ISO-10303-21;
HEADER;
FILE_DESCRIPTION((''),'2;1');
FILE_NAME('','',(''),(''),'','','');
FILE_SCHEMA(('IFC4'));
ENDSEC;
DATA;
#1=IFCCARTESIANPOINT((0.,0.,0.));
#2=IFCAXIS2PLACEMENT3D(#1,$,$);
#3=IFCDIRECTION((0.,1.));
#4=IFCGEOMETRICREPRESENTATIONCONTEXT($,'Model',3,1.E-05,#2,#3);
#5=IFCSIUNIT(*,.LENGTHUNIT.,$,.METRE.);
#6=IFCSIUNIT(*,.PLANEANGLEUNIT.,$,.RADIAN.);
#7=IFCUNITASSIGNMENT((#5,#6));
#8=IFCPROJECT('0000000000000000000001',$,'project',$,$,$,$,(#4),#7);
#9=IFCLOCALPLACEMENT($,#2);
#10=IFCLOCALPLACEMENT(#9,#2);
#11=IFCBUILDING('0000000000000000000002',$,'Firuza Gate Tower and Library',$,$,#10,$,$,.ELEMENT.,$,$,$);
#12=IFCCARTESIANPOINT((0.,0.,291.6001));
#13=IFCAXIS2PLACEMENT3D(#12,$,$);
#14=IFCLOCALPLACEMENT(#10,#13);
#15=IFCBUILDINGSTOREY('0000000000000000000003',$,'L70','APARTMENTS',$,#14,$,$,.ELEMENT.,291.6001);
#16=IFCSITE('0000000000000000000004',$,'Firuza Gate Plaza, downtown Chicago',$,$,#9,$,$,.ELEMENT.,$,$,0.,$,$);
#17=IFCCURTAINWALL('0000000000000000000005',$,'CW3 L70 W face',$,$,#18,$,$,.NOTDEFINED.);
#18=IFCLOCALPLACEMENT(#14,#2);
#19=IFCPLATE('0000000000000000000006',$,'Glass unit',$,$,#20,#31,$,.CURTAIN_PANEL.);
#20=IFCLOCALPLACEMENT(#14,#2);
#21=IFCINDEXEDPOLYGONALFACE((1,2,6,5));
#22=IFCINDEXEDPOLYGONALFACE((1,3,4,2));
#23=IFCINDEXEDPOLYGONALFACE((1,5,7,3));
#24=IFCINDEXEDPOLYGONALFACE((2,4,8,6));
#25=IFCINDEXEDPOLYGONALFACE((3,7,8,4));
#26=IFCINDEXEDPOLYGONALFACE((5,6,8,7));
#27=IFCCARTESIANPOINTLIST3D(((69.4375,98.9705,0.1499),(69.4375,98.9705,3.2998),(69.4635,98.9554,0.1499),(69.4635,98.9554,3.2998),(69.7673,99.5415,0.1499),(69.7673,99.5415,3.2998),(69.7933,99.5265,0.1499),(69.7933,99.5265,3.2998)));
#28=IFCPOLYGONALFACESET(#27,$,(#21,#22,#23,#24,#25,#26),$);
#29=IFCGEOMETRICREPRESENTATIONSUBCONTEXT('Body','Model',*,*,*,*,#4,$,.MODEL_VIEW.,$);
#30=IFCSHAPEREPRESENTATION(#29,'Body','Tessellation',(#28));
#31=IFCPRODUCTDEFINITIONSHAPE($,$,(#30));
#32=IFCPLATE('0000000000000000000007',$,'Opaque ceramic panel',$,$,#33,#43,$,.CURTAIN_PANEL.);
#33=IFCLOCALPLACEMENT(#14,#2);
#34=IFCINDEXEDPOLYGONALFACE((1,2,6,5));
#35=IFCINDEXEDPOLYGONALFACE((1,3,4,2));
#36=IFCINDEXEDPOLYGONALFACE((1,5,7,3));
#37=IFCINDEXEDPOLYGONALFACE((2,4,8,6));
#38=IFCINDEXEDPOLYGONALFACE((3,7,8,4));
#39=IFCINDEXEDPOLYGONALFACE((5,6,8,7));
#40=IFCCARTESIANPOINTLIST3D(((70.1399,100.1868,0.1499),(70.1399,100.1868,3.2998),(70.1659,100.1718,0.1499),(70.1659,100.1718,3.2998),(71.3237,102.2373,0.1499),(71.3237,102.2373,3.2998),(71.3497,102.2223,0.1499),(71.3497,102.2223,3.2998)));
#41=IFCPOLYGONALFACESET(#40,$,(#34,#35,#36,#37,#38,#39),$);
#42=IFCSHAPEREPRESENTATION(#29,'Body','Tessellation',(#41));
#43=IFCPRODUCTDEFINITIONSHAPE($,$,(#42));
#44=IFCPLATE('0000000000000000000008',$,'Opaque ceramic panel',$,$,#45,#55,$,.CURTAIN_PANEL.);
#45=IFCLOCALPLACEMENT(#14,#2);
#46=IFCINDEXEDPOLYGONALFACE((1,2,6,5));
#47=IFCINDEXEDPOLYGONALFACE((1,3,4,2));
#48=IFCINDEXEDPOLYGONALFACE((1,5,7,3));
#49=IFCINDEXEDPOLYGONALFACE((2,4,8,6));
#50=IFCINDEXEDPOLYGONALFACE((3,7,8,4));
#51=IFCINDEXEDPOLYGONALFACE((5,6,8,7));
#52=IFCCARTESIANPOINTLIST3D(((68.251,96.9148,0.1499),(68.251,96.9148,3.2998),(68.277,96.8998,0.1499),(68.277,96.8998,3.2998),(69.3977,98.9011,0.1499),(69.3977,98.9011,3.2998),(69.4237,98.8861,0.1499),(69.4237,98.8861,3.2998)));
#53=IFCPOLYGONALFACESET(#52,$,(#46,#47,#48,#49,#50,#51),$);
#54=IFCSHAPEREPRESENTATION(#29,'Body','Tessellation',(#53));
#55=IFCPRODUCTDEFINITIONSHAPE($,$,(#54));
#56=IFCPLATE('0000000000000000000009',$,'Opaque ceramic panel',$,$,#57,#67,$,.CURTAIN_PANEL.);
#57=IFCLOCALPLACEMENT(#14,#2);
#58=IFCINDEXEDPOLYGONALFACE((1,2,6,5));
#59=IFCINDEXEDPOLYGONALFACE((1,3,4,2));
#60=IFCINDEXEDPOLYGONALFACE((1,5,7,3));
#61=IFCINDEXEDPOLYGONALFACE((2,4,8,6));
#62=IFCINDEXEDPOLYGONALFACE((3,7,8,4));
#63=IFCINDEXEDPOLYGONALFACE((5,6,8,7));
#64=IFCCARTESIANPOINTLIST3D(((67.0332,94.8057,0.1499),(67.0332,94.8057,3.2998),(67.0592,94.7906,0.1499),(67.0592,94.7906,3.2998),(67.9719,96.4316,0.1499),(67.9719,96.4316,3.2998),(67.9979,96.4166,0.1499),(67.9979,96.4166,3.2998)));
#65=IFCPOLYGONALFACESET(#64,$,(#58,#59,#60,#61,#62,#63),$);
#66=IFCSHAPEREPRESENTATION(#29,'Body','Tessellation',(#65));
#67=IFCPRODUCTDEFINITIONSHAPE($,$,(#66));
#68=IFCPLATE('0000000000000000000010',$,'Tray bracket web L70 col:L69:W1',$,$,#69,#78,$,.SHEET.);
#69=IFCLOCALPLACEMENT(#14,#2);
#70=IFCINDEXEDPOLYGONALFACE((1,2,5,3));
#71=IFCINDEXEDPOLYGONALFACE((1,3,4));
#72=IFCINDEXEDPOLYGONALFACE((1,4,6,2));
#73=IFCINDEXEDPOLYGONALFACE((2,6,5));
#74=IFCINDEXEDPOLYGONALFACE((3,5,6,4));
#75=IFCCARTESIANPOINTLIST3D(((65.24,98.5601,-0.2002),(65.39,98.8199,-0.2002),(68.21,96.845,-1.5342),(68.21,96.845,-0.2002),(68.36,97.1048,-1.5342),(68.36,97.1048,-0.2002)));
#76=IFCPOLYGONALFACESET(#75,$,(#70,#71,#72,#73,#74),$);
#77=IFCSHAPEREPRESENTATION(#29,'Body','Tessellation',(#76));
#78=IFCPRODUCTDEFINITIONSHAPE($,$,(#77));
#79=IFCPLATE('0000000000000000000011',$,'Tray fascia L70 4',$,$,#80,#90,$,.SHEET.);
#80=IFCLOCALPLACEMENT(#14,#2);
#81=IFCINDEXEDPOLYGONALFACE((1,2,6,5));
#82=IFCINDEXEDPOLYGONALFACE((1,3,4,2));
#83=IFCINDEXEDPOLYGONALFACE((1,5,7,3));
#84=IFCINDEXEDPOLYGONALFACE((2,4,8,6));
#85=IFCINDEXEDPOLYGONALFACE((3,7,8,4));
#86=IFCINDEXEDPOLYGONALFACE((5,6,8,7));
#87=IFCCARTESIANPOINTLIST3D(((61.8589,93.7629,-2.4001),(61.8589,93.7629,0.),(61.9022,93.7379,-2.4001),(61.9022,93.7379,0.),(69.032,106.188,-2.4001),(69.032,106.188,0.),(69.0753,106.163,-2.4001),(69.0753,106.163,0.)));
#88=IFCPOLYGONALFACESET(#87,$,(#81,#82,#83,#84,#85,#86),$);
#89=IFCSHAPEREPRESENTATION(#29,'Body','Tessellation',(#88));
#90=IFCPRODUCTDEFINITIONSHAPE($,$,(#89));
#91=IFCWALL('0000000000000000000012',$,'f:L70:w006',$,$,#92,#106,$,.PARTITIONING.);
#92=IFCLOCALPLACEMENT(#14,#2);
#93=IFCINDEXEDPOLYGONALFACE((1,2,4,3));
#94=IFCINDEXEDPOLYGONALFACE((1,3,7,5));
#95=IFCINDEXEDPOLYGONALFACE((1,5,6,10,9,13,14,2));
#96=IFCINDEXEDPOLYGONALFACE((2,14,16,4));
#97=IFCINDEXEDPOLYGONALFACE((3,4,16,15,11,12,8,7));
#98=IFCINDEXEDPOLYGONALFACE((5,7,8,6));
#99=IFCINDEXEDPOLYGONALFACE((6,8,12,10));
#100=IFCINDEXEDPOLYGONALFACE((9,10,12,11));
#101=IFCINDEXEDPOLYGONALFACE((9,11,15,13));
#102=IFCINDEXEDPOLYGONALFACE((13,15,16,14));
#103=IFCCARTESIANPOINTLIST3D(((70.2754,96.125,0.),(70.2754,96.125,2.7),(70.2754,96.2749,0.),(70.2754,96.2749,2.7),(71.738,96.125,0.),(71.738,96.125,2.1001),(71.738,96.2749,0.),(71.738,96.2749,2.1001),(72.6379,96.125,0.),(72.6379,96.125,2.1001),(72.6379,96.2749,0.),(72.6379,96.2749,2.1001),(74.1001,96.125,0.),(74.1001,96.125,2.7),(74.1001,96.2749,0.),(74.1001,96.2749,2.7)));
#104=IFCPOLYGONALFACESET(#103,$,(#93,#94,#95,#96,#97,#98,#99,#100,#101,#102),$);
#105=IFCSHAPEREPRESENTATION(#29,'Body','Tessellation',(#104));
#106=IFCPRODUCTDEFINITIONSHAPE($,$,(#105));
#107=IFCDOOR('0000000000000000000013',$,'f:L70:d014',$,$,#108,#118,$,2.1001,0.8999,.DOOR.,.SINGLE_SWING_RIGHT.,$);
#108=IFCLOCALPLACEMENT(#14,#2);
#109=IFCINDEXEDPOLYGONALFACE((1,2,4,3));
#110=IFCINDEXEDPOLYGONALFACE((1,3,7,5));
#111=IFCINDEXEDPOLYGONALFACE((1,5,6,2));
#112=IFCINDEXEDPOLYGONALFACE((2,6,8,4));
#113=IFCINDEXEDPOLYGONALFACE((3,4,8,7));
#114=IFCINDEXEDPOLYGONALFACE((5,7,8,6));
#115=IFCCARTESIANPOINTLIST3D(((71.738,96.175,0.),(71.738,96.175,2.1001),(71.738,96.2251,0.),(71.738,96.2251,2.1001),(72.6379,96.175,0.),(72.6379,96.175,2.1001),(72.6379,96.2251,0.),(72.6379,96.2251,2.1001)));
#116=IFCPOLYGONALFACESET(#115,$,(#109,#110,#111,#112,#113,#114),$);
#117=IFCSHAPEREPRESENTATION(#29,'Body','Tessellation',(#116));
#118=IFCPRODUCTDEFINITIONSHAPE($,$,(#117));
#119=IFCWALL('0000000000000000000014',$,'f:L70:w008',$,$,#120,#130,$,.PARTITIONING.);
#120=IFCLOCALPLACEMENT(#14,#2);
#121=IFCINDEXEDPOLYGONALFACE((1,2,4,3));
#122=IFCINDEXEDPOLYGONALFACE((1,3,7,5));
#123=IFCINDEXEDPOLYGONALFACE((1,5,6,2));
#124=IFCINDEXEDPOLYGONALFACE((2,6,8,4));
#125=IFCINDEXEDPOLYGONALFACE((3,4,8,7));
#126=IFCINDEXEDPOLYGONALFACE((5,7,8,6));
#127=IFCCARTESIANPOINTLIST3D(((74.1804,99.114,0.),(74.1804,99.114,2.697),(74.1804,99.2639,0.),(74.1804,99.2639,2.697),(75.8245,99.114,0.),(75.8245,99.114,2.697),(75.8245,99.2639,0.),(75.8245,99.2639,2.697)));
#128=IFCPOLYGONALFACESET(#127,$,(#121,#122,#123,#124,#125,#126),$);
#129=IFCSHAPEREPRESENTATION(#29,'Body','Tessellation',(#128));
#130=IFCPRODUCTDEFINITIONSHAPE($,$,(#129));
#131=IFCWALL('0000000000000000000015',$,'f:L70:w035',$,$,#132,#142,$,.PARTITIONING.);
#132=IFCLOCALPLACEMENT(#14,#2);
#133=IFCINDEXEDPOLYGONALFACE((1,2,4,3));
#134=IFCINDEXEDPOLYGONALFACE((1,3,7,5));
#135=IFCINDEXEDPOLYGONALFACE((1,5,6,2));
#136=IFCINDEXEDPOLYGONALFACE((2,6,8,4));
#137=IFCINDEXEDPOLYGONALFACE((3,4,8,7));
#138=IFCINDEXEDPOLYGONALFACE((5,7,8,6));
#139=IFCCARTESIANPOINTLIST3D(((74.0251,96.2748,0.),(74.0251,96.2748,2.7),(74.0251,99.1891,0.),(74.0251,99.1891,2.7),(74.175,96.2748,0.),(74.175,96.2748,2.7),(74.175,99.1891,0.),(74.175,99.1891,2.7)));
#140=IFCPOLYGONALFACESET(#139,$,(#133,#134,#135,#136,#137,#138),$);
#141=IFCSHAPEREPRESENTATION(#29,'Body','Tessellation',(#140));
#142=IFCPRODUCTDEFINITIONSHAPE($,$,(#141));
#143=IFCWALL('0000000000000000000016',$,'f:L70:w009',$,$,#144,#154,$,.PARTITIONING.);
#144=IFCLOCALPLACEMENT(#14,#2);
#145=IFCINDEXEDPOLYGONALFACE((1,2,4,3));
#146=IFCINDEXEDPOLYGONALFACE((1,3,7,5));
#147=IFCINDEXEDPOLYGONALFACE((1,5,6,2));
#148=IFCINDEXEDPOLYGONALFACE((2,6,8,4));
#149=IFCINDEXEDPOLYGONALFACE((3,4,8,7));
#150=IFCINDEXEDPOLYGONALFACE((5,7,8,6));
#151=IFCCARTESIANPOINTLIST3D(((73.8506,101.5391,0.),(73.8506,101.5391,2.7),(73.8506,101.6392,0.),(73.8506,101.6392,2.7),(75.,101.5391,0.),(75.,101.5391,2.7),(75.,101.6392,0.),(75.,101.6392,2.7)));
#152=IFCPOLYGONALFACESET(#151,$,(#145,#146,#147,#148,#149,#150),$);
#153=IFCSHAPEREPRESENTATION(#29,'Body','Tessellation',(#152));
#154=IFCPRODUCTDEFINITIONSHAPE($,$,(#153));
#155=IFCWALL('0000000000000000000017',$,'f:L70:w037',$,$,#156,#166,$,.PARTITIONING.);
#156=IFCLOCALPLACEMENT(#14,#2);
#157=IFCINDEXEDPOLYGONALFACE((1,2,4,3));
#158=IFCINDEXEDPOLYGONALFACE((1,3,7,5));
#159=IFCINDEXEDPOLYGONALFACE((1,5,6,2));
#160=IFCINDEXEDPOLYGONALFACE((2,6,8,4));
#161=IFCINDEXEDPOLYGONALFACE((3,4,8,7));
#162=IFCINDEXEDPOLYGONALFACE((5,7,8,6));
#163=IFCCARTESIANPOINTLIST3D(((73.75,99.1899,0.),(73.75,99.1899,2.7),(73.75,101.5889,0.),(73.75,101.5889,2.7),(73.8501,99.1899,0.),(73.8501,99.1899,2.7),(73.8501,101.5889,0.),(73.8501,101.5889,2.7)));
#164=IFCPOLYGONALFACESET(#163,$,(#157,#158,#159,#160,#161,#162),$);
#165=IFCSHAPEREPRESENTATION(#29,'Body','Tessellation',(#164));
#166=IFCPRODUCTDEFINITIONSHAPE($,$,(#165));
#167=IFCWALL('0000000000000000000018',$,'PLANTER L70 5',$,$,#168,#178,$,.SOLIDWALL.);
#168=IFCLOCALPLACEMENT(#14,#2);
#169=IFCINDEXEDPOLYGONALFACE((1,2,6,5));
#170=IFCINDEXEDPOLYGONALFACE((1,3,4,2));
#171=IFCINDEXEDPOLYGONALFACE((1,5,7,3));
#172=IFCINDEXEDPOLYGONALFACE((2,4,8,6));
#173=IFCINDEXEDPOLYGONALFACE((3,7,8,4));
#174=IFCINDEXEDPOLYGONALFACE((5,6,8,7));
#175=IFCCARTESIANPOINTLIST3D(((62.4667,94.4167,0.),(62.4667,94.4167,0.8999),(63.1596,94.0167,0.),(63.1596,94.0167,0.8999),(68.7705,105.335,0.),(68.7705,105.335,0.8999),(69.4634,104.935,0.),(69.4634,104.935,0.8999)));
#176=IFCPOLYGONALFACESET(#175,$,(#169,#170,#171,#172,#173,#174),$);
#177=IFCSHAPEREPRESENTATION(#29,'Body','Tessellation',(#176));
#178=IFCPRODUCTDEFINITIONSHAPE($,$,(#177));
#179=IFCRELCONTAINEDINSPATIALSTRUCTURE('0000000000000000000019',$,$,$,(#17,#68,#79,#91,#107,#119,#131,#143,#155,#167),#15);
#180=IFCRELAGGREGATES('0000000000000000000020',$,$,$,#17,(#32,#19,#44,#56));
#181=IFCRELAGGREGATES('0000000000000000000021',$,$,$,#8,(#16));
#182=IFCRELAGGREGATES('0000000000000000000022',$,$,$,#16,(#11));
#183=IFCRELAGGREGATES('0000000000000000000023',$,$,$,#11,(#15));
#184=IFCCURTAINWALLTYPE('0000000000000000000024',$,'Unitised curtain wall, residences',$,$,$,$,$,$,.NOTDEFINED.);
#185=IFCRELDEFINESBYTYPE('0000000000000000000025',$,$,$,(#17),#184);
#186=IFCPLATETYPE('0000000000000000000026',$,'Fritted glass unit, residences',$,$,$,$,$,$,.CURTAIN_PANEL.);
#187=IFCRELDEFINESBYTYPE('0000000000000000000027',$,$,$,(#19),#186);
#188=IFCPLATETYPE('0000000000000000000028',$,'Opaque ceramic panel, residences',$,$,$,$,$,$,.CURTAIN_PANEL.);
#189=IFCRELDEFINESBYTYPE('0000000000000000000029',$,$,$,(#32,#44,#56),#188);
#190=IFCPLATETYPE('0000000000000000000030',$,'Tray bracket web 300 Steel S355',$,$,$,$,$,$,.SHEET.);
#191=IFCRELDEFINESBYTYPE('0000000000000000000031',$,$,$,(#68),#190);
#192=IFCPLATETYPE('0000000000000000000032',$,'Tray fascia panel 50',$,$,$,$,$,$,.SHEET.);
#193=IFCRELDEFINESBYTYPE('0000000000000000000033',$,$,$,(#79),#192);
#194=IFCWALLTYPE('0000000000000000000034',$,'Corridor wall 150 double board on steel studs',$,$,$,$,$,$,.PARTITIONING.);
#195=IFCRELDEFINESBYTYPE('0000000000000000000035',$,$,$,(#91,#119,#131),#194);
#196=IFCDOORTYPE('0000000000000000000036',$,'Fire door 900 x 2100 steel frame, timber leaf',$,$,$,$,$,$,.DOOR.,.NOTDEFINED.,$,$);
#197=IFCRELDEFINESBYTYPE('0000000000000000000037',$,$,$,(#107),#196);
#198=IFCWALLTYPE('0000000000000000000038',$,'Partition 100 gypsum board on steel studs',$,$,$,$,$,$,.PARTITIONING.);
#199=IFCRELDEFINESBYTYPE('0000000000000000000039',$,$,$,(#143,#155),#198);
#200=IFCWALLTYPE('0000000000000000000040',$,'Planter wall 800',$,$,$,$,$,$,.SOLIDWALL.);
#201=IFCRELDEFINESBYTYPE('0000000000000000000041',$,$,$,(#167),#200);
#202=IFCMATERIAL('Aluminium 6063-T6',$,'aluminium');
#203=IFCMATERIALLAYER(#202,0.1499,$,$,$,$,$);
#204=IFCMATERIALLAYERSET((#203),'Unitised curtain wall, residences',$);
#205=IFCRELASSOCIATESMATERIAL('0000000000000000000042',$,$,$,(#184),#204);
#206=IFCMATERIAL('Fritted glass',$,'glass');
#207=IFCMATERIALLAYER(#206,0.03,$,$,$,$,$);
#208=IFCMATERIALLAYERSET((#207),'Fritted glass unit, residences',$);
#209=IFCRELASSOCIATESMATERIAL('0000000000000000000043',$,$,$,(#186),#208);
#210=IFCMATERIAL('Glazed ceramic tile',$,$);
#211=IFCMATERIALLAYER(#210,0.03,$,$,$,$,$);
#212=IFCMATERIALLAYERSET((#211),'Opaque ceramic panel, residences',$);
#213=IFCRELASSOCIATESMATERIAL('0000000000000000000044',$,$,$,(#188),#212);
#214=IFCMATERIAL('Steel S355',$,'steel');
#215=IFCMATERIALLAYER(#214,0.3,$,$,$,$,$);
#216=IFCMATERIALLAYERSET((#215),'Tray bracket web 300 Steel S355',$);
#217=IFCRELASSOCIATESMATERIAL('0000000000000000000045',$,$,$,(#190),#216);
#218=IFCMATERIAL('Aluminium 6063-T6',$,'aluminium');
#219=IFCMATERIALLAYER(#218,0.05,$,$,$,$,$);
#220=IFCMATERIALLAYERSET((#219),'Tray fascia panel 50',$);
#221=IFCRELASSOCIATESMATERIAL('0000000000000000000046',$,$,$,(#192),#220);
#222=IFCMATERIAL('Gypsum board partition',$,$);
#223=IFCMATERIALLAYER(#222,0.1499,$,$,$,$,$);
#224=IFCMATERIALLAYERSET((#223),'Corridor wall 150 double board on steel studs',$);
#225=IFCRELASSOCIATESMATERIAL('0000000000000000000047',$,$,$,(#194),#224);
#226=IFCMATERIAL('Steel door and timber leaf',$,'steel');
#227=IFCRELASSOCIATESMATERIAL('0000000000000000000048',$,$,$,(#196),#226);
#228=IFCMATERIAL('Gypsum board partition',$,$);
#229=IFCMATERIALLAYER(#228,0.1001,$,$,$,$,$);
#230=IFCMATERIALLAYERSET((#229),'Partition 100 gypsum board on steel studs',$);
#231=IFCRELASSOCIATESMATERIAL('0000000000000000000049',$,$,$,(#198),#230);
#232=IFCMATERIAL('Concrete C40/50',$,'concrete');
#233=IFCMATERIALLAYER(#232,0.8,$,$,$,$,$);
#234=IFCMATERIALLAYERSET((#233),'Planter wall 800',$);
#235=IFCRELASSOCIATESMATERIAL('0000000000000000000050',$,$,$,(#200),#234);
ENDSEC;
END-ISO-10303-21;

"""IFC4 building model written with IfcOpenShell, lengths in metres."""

from ifc_helpers import new_model, si_unit, direction, frame, frame_2d, origin, place, context, subcontext, project, spatial, polyline, rectangle, outline, extrude, material, layer, layer_set, type_object, element, fill, aggregate, save


model = new_model("IFC4")

# Units and contexts
model_context = context("Model", 3, precision=1e-05, world=origin(), true_north=direction((0.0, 1.0)))
body_context = subcontext(model_context, "Body", "Model", "MODEL_VIEW")
ifc_project = project(units=[si_unit("LENGTHUNIT", "METRE"), si_unit("PLANEANGLEUNIT", "RADIAN")], contexts=[model_context])

# Site, building, storey
site_placement = place(None, origin())
site = spatial("IfcSite", under=ifc_project, at=site_placement, Name="Firuza Gate Plaza, downtown Chicago", CompositionType="ELEMENT", RefElevation=0.0)
building_placement = place(site_placement, origin())
building = spatial("IfcBuilding", under=site, at=building_placement, Name="Firuza Gate Tower and Library", CompositionType="ELEMENT")
storey_placement = place(building_placement, frame((0.0, 0.0, 291.6001)))
storey = spatial("IfcBuildingStorey", under=building, at=storey_placement, Name="L70", Description="APARTMENTS", CompositionType="ELEMENT", Elevation=291.6001)

# Curtain wall
ifc_material_1 = material(Name="Aluminium 6063-T6", Category="aluminium")
ifc_layer_1 = layer(ifc_material_1, 0.1499)
ifc_layer_set_1 = layer_set([ifc_layer_1], Name="Unitised curtain wall, residences")
curtain_wall_type_1 = type_object("IfcCurtainWallType", Name="Unitised curtain wall, residences", PredefinedType="NOTDEFINED", material=ifc_layer_set_1)
placement = place(storey_placement, origin())
curtain_wall_1 = element("IfcCurtainWall", 1, at=placement, inside=storey, type_object=curtain_wall_type_1, Name="CW3 L70 W face", PredefinedType="NOTDEFINED")

# Plates
ifc_material_2 = material(Name="Fritted glass", Category="glass")
ifc_layer_2 = layer(ifc_material_2, 0.03)
ifc_layer_set_2 = layer_set([ifc_layer_2], Name="Fritted glass unit, residences")
plate_type_1 = type_object("IfcPlateType", Name="Fritted glass unit, residences", PredefinedType="CURTAIN_PANEL", material=ifc_layer_set_2)
plate_1_placement = place(storey_placement, frame((69.7673, 99.5415, 0.1499), z_axis=(-0.865933, 0.50016, 0.0), x_axis=(-0.50016, -0.865933, 0.0)))
plate_1 = element("IfcPlate", 2, at=plate_1_placement, type_object=plate_type_1, Name="Glass unit", PredefinedType="CURTAIN_PANEL", context=body_context, shape_type="SweptSolid", body=[
    extrude(outline(polyline([(0.0, 0.0), (0.6595, 0.0), (0.6595, 3.1499), (0.0, 3.1499), (0.0, 0.0)])), origin(), (0.0, 0.0, -1.0), 0.03),
])
ifc_material_3 = material(Name="Glazed ceramic tile")
ifc_layer_3 = layer(ifc_material_3, 0.03)
ifc_layer_set_3 = layer_set([ifc_layer_3], Name="Opaque ceramic panel, residences")
plate_type_2 = type_object("IfcPlateType", Name="Opaque ceramic panel, residences", PredefinedType="CURTAIN_PANEL", material=ifc_layer_set_3)
plate_2_placement = place(storey_placement, frame((71.3237, 102.2373, 0.1499), z_axis=(-0.866033, 0.499987, 0.0), x_axis=(-0.499987, -0.866033, 0.0)))
plate_2 = element("IfcPlate", 3, at=plate_2_placement, type_object=plate_type_2, Name="Opaque ceramic panel", PredefinedType="CURTAIN_PANEL", context=body_context, shape_type="SweptSolid", body=[
    extrude(outline(polyline([(0.0, 0.0), (2.3677, 0.0), (2.3677, 3.1499), (0.0, 3.1499), (0.0, 0.0)])), origin(), (0.0, 0.0, -1.0), 0.03),
])
plate_3_placement = place(storey_placement, frame((69.3977, 98.9011, 0.1499), z_axis=(-0.86604, 0.499974, 0.0), x_axis=(-0.499974, -0.86604, 0.0)))
plate_3 = element("IfcPlate", 4, at=plate_3_placement, type_object=plate_type_2, Name="Opaque ceramic panel", PredefinedType="CURTAIN_PANEL", context=body_context, shape_type="SweptSolid", body=[
    extrude(outline(polyline([(0.0, 0.0), (2.2936, 0.0), (2.2936, 3.1499), (0.0, 3.1499), (0.0, 0.0)])), origin(), (0.0, 0.0, -1.0), 0.03),
])
plate_4_placement = place(storey_placement, frame((67.9719, 96.4316, 0.1499), z_axis=(-0.866034, 0.499985, 0.0), x_axis=(-0.499985, -0.866034, 0.0)))
plate_4 = element("IfcPlate", 5, at=plate_4_placement, type_object=plate_type_2, Name="Opaque ceramic panel", PredefinedType="CURTAIN_PANEL", context=body_context, shape_type="SweptSolid", body=[
    extrude(outline(polyline([(0.0, 0.0), (1.8775, 0.0), (1.8775, 3.1499), (0.0, 3.1499), (0.0, 0.0)])), origin(), (0.0, 0.0, -1.0), 0.03),
])
aggregate(curtain_wall_1, [plate_2, plate_1, plate_3, plate_4])

# Plates
ifc_material_4 = material(Name="Steel S355", Category="steel")
ifc_layer_4 = layer(ifc_material_4, 0.3)
ifc_layer_set_4 = layer_set([ifc_layer_4], Name="Tray bracket web 300 Steel S355")
plate_type_3 = type_object("IfcPlateType", Name="Tray bracket web 300 Steel S355", PredefinedType="SHEET", material=ifc_layer_set_4)
plate_5_placement = place(storey_placement, frame((68.21, 96.845, -0.2002), z_axis=(-0.500082, -0.865978, 0.0), x_axis=(-0.865978, 0.500082, 0.0)))
element("IfcPlate", 6, at=plate_5_placement, inside=storey, type_object=plate_type_3, Name="Tray bracket web L70 col:L69:W1", PredefinedType="SHEET", context=body_context, shape_type="SweptSolid", body=[
    extrude(outline(polyline([(0.0, 0.0), (3.4296, 0.0), (0.0, 1.334), (0.0, 0.0)])), origin(), (0.0, 0.0, -1.0), 0.3),
])
ifc_material_5 = material(Name="Aluminium 6063-T6", Category="aluminium")
ifc_layer_5 = layer(ifc_material_5, 0.05)
ifc_layer_set_5 = layer_set([ifc_layer_5], Name="Tray fascia panel 50")
plate_type_4 = type_object("IfcPlateType", Name="Tray fascia panel 50", PredefinedType="SHEET", material=ifc_layer_set_5)
plate_6_placement = place(storey_placement, frame((69.032, 106.188, -2.4001), z_axis=(-0.866041, 0.499973, 0.0), x_axis=(-0.499973, -0.866041, 0.0)))
element("IfcPlate", 7, at=plate_6_placement, inside=storey, type_object=plate_type_4, Name="Tray fascia L70 4", PredefinedType="SHEET", context=body_context, shape_type="SweptSolid", body=[
    extrude(outline(polyline([(0.0, 0.0), (14.347, 0.0), (14.347, 2.4001), (0.0, 2.4001), (0.0, 0.0)])), origin(), (0.0, 0.0, -1.0), 0.05),
])

# Wall, opening, door
ifc_material_6 = material(Name="Gypsum board partition")
ifc_layer_6 = layer(ifc_material_6, 0.1499)
ifc_layer_set_6 = layer_set([ifc_layer_6], Name="Corridor wall 150 double board on steel studs")
wall_type_1 = type_object("IfcWallType", Name="Corridor wall 150 double board on steel studs", PredefinedType="PARTITIONING", material=ifc_layer_set_6)
wall_1_placement = place(storey_placement, frame((74.1001, 96.2, 0.0), z_axis=(0.0, 0.0, 1.0), x_axis=(-1.0, 0.0, 0.0)))
wall_1 = element("IfcWall", 8, at=wall_1_placement, inside=storey, type_object=wall_type_1, Name="f:L70:w006", PredefinedType="PARTITIONING", context=body_context, shape_type="SweptSolid", body=[
    extrude(rectangle(XDim=3.8247, YDim=0.1499, at=frame_2d((1.9124, 0.0))), origin(), (0.0, 0.0, 1.0), 2.7),
])
opening_placement = place(wall_1_placement, frame((1.4622, 0.0, 0.0)))
opening = element("IfcOpeningElement", 9, at=opening_placement, cuts=wall_1, PredefinedType="OPENING", context=body_context, shape_type="SweptSolid", body=[
    extrude(rectangle(XDim=0.8999, YDim=2.1001, at=frame_2d((0.45, 1.05))), frame((0.0, 0.085, 0.0), z_axis=(0.0, -1.0, 0.0), x_axis=(1.0, 0.0, 0.0)), (0.0, 0.0, 1.0), 0.1699),
])
ifc_material_7 = material(Name="Steel door and timber leaf", Category="steel")
door_type = type_object("IfcDoorType", Name="Fire door 900 x 2100 steel frame, timber leaf", OperationType="NOTDEFINED", PredefinedType="DOOR", material=ifc_material_7)
door_placement = place(opening_placement, origin())
door = element("IfcDoor", 10, at=door_placement, inside=storey, type_object=door_type, Name="f:L70:d014", OperationType="SINGLE_SWING_RIGHT", OverallHeight=2.1001, OverallWidth=0.8999, PredefinedType="DOOR", context=body_context, shape_type="SweptSolid", body=[
    extrude(rectangle(XDim=0.8999, YDim=2.1001, at=frame_2d((0.45, 1.05))), frame((0.0, 0.0249, 0.0), z_axis=(0.0, -1.0, 0.0), x_axis=(1.0, 0.0, 0.0)), (0.0, 0.0, 1.0), 0.05),
])
fill(opening, door)

# Walls
wall_2_placement = place(storey_placement, frame((74.1804, 99.189, 0.0), z_axis=(0.0, 0.0, 1.0), x_axis=(1.0, 0.0, 0.0)))
element("IfcWall", 11, at=wall_2_placement, inside=storey, type_object=wall_type_1, Name="f:L70:w008", PredefinedType="PARTITIONING", context=body_context, shape_type="SweptSolid", body=[
    extrude(rectangle(XDim=1.644, YDim=0.1499, at=frame_2d((0.822, 0.0))), origin(), (0.0, 0.0, 1.0), 2.697),
])
wall_3_placement = place(storey_placement, frame((74.1001, 96.2749, 0.0), z_axis=(0.0, 0.0, 1.0), x_axis=(0.0, 1.0, 0.0)))
element("IfcWall", 12, at=wall_3_placement, inside=storey, type_object=wall_type_1, Name="f:L70:w035", PredefinedType="PARTITIONING", context=body_context, shape_type="SweptSolid", body=[
    extrude(rectangle(XDim=2.9143, YDim=0.1499, at=frame_2d((1.457, 0.0))), origin(), (0.0, 0.0, 1.0), 2.7),
])
ifc_material_8 = material(Name="Gypsum board partition")
ifc_layer_7 = layer(ifc_material_8, 0.1001)
ifc_layer_set_7 = layer_set([ifc_layer_7], Name="Partition 100 gypsum board on steel studs")
wall_type_2 = type_object("IfcWallType", Name="Partition 100 gypsum board on steel studs", PredefinedType="PARTITIONING", material=ifc_layer_set_7)
wall_4_placement = place(storey_placement, frame((73.8506, 101.5891, 0.0), z_axis=(0.0, 0.0, 1.0), x_axis=(1.0, 0.0, 0.0)))
element("IfcWall", 13, at=wall_4_placement, inside=storey, type_object=wall_type_2, Name="f:L70:w009", PredefinedType="PARTITIONING", context=body_context, shape_type="SweptSolid", body=[
    extrude(rectangle(XDim=1.1494, YDim=0.1001, at=frame_2d((0.5747, 0.0))), origin(), (0.0, 0.0, 1.0), 2.7),
])
wall_5_placement = place(storey_placement, frame((73.8, 99.1899, 0.0), z_axis=(0.0, 0.0, 1.0), x_axis=(0.0, 1.0, 0.0)))
element("IfcWall", 14, at=wall_5_placement, inside=storey, type_object=wall_type_2, Name="f:L70:w037", PredefinedType="PARTITIONING", context=body_context, shape_type="SweptSolid", body=[
    extrude(rectangle(XDim=2.3989, YDim=0.1001, at=frame_2d((1.1995, 0.0))), origin(), (0.0, 0.0, 1.0), 2.7),
])
ifc_material_9 = material(Name="Concrete C40/50", Category="concrete")
ifc_layer_8 = layer(ifc_material_9, 0.8)
ifc_layer_set_8 = layer_set([ifc_layer_8], Name="Planter wall 800")
wall_type_3 = type_object("IfcWallType", Name="Planter wall 800", PredefinedType="SOLIDWALL", material=ifc_layer_set_8)
wall_6_placement = place(storey_placement, frame((69.1169, 105.135, 0.0), z_axis=(0.0, 0.0, 1.0), x_axis=(-0.500005, -0.866023, 0.0)))
element("IfcWall", 15, at=wall_6_placement, inside=storey, type_object=wall_type_3, Name="PLANTER L70 5", PredefinedType="SOLIDWALL", context=body_context, shape_type="SweptSolid", body=[
    extrude(rectangle(XDim=12.6074, YDim=0.8, at=frame_2d((6.3037, 0.0))), origin(), (0.0, 0.0, 1.0), 0.8999),
])

save(model, "model.ifc")
